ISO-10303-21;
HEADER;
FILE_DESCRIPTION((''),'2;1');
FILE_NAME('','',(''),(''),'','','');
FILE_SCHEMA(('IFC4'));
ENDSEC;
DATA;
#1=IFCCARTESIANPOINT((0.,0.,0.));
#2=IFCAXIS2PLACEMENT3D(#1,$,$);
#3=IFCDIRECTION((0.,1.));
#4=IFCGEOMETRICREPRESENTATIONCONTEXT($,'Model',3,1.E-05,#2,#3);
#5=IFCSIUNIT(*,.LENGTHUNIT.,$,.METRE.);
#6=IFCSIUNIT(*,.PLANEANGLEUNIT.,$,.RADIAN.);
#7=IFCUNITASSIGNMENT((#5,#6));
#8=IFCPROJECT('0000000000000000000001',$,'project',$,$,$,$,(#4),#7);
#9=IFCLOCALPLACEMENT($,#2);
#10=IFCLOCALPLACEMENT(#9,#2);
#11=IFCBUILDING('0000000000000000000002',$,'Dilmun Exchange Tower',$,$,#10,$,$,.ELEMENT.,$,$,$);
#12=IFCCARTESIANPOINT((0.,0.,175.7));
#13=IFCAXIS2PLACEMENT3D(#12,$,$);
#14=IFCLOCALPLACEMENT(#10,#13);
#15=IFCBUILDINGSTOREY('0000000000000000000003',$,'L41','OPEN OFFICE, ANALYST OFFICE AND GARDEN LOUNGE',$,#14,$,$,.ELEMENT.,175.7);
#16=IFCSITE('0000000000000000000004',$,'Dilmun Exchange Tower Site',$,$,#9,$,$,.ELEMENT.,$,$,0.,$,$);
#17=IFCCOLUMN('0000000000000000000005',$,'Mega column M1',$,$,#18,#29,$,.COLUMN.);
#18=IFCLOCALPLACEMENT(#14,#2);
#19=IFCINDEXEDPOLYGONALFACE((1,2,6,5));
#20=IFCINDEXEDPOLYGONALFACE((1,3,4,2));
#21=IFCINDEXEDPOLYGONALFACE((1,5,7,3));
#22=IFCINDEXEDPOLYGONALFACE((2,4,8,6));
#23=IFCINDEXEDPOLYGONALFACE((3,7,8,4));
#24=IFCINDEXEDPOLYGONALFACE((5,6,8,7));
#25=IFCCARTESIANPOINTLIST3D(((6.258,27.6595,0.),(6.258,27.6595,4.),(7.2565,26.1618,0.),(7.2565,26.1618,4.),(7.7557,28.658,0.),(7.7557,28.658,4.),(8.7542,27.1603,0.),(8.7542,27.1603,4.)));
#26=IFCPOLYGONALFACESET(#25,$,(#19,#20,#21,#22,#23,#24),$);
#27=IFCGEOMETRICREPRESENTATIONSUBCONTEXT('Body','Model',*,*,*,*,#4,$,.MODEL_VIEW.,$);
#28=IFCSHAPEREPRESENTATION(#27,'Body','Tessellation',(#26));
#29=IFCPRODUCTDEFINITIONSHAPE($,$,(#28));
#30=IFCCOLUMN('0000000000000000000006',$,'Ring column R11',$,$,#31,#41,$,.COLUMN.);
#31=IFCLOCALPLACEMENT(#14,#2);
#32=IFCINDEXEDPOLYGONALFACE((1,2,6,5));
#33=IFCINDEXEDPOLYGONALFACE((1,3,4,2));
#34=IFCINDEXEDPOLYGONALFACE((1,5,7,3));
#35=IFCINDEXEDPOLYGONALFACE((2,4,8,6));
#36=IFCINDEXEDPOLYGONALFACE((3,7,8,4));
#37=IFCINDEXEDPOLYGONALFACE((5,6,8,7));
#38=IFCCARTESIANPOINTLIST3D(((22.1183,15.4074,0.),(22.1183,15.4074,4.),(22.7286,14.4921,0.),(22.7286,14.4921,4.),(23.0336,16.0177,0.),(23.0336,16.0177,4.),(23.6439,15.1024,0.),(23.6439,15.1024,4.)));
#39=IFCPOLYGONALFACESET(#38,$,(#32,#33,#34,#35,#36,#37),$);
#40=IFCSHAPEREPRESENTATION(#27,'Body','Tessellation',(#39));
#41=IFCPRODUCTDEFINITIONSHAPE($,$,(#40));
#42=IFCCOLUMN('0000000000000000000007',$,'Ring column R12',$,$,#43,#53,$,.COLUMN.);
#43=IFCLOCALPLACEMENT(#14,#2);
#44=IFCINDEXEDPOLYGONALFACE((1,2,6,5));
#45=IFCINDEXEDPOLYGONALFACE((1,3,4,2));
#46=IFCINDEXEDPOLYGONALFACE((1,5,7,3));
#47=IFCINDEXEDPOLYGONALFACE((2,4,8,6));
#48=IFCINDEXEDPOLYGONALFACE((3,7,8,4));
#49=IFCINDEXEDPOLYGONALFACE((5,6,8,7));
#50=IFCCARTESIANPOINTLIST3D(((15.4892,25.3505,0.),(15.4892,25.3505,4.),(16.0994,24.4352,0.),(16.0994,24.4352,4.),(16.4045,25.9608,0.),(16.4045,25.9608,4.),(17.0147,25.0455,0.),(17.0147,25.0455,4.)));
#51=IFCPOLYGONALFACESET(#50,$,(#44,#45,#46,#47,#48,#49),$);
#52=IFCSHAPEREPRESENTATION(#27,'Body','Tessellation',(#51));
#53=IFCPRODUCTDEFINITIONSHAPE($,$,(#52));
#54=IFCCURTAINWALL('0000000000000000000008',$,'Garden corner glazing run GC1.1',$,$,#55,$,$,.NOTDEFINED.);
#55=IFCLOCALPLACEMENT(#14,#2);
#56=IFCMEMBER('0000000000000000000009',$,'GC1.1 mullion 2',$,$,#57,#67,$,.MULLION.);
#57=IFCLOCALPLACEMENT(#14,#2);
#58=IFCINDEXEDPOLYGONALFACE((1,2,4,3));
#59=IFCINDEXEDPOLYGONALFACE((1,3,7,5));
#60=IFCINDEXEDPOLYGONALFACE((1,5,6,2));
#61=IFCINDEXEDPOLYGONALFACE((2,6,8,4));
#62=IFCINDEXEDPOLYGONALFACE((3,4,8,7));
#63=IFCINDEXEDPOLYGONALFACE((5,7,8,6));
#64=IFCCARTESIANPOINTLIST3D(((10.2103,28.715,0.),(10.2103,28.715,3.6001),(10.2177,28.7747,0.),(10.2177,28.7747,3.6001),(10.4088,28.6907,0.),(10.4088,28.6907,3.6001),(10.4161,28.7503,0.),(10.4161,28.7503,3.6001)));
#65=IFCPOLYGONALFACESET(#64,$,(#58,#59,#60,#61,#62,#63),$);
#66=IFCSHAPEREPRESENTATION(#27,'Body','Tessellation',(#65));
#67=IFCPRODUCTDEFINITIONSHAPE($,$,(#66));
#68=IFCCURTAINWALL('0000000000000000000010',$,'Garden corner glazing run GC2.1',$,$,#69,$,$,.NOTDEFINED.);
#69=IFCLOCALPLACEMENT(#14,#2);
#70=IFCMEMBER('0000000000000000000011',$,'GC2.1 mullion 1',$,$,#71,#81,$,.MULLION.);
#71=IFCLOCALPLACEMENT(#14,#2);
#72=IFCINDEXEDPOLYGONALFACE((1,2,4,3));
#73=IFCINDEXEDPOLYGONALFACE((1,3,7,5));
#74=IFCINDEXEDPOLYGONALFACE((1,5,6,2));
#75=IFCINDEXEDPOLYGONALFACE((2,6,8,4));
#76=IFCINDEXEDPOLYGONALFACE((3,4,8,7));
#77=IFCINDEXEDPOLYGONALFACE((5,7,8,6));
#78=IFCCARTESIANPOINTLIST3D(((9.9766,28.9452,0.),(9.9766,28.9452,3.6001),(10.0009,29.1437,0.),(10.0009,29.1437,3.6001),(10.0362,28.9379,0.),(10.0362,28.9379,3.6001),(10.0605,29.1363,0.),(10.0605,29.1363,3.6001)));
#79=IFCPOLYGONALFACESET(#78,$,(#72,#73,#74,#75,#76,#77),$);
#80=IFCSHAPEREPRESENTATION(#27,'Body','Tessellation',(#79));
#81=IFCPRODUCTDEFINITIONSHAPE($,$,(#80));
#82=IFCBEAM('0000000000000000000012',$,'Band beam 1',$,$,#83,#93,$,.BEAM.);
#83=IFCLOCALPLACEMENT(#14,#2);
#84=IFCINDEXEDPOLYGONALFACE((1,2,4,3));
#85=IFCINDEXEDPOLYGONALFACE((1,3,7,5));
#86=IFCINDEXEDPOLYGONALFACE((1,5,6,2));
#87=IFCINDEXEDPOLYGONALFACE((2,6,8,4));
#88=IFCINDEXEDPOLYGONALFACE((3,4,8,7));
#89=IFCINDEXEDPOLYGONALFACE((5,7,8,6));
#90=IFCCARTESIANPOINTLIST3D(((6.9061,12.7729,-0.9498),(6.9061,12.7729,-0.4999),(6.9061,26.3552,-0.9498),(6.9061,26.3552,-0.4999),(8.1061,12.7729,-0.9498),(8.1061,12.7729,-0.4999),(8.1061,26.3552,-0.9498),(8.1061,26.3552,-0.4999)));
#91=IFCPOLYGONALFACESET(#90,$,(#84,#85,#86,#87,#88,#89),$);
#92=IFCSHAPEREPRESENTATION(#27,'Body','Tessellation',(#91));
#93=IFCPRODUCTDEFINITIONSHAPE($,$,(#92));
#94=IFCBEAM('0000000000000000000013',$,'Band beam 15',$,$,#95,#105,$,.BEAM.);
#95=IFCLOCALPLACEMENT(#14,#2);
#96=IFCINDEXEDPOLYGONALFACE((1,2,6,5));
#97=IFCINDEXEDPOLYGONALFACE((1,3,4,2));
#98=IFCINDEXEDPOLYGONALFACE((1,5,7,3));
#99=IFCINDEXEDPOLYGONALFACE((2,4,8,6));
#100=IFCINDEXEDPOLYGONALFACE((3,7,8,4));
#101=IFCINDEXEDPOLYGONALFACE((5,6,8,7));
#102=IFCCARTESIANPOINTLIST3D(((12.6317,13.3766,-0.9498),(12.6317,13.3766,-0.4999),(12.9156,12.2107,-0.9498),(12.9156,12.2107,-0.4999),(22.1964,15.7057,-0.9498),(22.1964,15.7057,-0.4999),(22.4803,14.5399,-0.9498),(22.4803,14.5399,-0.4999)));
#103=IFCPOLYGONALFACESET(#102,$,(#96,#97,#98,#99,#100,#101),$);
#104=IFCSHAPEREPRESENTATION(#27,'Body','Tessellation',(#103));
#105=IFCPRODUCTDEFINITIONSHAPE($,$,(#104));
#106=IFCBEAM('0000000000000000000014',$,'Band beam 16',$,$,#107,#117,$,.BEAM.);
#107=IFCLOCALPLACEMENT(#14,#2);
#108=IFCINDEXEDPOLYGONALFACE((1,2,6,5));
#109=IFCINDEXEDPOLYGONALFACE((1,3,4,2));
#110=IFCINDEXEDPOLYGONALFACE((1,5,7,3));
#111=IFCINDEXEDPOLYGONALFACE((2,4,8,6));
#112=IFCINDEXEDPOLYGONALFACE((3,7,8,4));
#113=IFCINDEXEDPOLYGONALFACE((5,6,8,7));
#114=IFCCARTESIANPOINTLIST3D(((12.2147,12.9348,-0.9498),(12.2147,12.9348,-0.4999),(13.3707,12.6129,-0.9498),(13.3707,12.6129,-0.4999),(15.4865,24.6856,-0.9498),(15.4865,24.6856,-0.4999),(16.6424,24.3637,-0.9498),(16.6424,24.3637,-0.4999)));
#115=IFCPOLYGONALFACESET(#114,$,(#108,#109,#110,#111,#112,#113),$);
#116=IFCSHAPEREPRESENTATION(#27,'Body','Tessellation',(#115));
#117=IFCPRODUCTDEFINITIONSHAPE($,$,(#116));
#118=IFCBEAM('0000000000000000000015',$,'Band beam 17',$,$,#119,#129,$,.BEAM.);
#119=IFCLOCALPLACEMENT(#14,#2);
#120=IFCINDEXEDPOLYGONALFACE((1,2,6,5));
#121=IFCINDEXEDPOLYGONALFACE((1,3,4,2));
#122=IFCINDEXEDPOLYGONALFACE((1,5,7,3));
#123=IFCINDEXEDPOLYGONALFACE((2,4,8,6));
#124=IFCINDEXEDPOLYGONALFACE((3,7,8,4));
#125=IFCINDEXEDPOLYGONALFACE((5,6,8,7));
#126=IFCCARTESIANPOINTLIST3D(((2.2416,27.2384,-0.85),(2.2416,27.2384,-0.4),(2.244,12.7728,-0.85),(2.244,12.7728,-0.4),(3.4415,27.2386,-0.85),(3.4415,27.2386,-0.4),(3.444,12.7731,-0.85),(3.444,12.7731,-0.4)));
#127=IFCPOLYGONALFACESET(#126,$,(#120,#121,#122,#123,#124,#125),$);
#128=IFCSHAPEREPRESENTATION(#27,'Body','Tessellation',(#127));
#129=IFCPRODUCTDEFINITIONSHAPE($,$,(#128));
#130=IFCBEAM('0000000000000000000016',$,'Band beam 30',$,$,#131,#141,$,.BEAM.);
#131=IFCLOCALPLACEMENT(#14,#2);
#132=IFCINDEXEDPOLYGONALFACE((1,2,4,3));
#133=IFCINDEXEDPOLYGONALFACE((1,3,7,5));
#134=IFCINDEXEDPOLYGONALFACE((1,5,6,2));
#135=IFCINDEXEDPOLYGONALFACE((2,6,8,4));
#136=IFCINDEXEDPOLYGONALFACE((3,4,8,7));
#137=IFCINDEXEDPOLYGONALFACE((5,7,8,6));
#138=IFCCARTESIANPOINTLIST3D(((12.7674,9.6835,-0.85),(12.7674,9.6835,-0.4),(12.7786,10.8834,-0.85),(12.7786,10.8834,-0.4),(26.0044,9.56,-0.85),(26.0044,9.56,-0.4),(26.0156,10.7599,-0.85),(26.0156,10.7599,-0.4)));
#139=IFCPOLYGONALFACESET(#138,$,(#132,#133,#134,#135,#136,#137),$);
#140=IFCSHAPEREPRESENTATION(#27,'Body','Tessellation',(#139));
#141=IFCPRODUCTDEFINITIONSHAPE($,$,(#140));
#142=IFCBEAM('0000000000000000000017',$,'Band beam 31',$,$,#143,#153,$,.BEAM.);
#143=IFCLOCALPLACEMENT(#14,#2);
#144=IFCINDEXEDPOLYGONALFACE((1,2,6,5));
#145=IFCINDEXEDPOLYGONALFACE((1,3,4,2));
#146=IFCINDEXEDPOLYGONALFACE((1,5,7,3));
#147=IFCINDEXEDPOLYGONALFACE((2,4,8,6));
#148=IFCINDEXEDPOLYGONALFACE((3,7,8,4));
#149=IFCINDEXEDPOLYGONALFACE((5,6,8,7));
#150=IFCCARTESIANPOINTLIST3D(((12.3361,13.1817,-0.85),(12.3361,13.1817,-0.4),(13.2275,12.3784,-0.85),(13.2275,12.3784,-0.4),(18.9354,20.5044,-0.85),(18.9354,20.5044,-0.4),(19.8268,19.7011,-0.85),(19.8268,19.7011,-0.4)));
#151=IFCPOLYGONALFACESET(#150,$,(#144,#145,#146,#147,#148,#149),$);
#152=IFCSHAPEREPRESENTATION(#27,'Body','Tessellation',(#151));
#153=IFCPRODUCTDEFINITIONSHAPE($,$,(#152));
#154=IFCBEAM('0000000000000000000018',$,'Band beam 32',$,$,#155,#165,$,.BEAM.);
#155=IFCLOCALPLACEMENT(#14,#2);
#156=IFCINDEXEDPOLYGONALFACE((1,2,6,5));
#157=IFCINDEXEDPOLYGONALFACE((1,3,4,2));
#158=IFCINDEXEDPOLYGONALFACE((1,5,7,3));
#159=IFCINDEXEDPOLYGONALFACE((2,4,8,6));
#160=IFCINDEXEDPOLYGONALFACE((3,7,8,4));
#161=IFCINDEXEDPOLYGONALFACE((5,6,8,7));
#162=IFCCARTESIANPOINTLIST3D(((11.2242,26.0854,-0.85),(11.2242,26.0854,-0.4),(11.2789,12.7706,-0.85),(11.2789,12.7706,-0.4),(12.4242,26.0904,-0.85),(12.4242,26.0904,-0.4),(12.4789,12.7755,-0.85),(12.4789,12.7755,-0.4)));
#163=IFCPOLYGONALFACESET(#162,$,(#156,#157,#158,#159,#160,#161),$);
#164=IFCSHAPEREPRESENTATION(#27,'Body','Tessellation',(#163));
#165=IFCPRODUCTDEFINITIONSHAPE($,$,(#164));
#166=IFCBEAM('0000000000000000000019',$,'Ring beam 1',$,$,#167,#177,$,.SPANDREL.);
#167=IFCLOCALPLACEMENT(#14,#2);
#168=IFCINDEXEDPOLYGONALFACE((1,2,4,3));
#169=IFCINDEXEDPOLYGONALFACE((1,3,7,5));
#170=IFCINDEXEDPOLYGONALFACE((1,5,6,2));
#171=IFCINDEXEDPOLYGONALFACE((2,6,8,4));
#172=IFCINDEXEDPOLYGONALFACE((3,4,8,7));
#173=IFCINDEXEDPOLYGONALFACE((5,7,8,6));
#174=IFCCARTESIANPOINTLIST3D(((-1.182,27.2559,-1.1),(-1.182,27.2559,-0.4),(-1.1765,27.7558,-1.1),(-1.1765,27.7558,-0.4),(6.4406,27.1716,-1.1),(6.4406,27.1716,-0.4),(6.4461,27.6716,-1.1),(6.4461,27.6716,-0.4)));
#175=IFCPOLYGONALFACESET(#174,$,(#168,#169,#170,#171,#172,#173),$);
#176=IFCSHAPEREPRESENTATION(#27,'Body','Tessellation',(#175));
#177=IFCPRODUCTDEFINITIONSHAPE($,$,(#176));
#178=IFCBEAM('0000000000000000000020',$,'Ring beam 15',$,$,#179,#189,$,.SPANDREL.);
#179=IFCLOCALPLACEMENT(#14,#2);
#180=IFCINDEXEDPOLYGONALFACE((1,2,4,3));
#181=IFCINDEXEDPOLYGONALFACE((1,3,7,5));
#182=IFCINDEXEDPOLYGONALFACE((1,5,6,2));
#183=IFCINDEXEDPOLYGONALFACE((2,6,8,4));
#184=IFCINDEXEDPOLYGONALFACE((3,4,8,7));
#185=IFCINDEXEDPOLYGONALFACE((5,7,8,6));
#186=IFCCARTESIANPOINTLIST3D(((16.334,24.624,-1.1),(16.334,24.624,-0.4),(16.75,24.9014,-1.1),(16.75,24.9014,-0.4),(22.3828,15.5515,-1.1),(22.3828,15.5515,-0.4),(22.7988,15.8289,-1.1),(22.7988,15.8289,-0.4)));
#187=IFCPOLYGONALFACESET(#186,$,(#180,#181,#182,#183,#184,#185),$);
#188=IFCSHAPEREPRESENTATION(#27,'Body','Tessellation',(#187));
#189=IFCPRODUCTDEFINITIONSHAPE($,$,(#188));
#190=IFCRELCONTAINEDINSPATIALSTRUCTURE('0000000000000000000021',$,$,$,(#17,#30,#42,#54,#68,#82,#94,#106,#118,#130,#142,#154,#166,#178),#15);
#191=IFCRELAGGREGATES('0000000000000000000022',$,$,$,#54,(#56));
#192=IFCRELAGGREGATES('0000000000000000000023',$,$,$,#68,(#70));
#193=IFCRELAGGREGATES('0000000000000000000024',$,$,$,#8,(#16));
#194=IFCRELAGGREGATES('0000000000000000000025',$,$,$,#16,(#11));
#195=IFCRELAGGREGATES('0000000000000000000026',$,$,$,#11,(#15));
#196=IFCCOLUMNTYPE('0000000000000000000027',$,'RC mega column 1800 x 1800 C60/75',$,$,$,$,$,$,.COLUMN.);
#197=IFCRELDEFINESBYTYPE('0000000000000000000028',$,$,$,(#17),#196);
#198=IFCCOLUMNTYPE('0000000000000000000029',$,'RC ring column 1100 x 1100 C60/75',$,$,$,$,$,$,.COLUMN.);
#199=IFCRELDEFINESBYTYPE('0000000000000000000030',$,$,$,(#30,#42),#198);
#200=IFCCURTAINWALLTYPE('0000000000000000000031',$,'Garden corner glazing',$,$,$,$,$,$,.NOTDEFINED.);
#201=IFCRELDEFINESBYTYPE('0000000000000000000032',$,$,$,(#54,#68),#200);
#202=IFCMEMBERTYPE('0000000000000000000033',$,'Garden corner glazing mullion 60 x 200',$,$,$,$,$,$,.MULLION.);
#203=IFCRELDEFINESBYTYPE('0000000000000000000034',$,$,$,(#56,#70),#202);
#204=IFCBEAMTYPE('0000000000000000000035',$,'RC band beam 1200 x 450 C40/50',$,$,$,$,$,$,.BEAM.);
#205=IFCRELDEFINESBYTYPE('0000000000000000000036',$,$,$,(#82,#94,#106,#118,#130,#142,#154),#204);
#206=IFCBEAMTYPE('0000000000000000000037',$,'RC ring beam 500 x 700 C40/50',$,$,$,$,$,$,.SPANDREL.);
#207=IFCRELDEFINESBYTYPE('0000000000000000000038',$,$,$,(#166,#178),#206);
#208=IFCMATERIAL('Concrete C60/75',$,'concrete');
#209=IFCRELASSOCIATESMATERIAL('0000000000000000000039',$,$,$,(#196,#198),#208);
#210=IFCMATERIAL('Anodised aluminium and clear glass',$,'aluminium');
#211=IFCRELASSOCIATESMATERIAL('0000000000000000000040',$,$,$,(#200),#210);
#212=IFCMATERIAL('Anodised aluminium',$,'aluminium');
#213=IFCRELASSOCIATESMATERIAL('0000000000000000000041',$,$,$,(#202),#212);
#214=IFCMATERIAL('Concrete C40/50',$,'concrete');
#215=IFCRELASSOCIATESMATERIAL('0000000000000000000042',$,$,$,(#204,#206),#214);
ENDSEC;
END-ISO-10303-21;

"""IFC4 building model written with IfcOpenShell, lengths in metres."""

from ifc_helpers import new_model, si_unit, direction, frame, origin, origin_2d, place, context, subcontext, project, spatial, rectangle, extrude, material, material_profile, profile_set, type_object, element, aggregate, save


model = new_model("IFC4")

# Units and contexts
model_context = context("Model", 3, precision=1e-05, world=origin(), true_north=direction((0.0, 1.0)))
body_context = subcontext(model_context, "Body", "Model", "MODEL_VIEW")
ifc_project = project(units=[si_unit("LENGTHUNIT", "METRE"), si_unit("PLANEANGLEUNIT", "RADIAN")], contexts=[model_context])

# Site, building, storey
site_placement = place(None, origin())
site = spatial("IfcSite", under=ifc_project, at=site_placement, Name="Dilmun Exchange Tower Site", CompositionType="ELEMENT", RefElevation=0.0)
building_placement = place(site_placement, origin())
building = spatial("IfcBuilding", under=site, at=building_placement, Name="Dilmun Exchange Tower", CompositionType="ELEMENT")
storey_placement = place(building_placement, frame((0.0, 0.0, 175.7)))
storey = spatial("IfcBuildingStorey", under=building, at=storey_placement, Name="L41", Description="OPEN OFFICE, ANALYST OFFICE AND GARDEN LOUNGE", CompositionType="ELEMENT", Elevation=175.7)

# Columns
ifc_material_1 = material(Name="Concrete C60/75", Category="concrete")
ifc_material_profile_1 = material_profile(ifc_material_1, rectangle(XDim=1.8, YDim=1.8, at=origin_2d()), Name="1800 x 1800")
ifc_profile_set_1 = profile_set([ifc_material_profile_1], Name="Concrete C60/75")
column_type_1 = type_object("IfcColumnType", Name="RC mega column 1800 x 1800 C60/75", PredefinedType="COLUMN", material=ifc_profile_set_1)
column_placement = place(storey_placement, frame((7.5061, 27.4099, 0.0), z_axis=(0.0, 0.0, 1.0), x_axis=(0.832029, 0.554733, 0.0)))
element("IfcColumn", 1, at=column_placement, inside=storey, type_object=column_type_1, Name="Mega column M1", PredefinedType="COLUMN", context=body_context, shape_type="SweptSolid", body=[
    extrude(rectangle(XDim=1.8, YDim=1.8, at=origin_2d()), origin(), (0.0, 0.0, 1.0), 4.0),
])
ifc_material_profile_2 = material_profile(ifc_material_1, rectangle(XDim=1.1001, YDim=1.1001, at=origin_2d()), Name="1100 x 1100")
ifc_profile_set_2 = profile_set([ifc_material_profile_2], Name="Concrete C60/75")
column_type_2 = type_object("IfcColumnType", Name="RC ring column 1100 x 1100 C60/75", PredefinedType="COLUMN", material=ifc_profile_set_2)
for number, where, z_axis, x_axis, name in (
    (2, (22.8811, 15.2549, 0.0), (0.0, 0.0, 1.0), (0.832029, 0.554733, 0.0), "Ring column R11"),
    (3, (16.252, 25.198, 0.0), (0.0, 0.0, 1.0), (0.832029, 0.554733, 0.0), "Ring column R12"),
):
    element("IfcColumn", number, at=place(storey_placement, frame(where, z_axis=z_axis, x_axis=x_axis)), inside=storey, type_object=column_type_2, Name=name, PredefinedType="COLUMN", context=body_context, shape_type="SweptSolid", body=[
        extrude(rectangle(XDim=1.1001, YDim=1.1001, at=origin_2d()), origin(), (0.0, 0.0, 1.0), 4.0),
    ])

# Curtain walls, members
ifc_material_2 = material(Name="Anodised aluminium and clear glass", Category="aluminium")
curtain_wall_type = type_object("IfcCurtainWallType", Name="Garden corner glazing", PredefinedType="NOTDEFINED", material=ifc_material_2)
curtain_wall_1_placement = place(storey_placement, origin())
curtain_wall_1 = element("IfcCurtainWall", 4, at=curtain_wall_1_placement, inside=storey, type_object=curtain_wall_type, Name="Garden corner glazing run GC1.1", PredefinedType="NOTDEFINED")
ifc_material_3 = material(Name="Anodised aluminium", Category="aluminium")
ifc_material_profile_3 = material_profile(ifc_material_3, rectangle(XDim=0.2, YDim=0.0601, at=origin_2d()), Name="AL 60x200")
ifc_profile_set_3 = profile_set([ifc_material_profile_3], Name="Anodised aluminium")
member_type = type_object("IfcMemberType", Name="Garden corner glazing mullion 60 x 200", PredefinedType="MULLION", material=ifc_profile_set_3)
member_1_placement = place(storey_placement, frame((10.3132, 28.7327, 0.0), z_axis=(0.0, 0.0, 1.0), x_axis=(0.992545, -0.121877, 0.0)))
member_1 = element("IfcMember", 5, at=member_1_placement, type_object=member_type, Name="GC1.1 mullion 2", PredefinedType="MULLION", context=body_context, shape_type="SweptSolid", body=[
    extrude(rectangle(XDim=0.2, YDim=0.0601, at=origin_2d()), origin(), (0.0, 0.0, 1.0), 3.6001),
])
aggregate(curtain_wall_1, [member_1])
curtain_wall_2_placement = place(storey_placement, origin())
curtain_wall_2 = element("IfcCurtainWall", 6, at=curtain_wall_2_placement, inside=storey, type_object=curtain_wall_type, Name="Garden corner glazing run GC2.1", PredefinedType="NOTDEFINED")
member_2_placement = place(storey_placement, frame((10.0186, 29.0408, 0.0), z_axis=(0.0, 0.0, 1.0), x_axis=(-0.121893, -0.992543, 0.0)))
member_2 = element("IfcMember", 7, at=member_2_placement, type_object=member_type, Name="GC2.1 mullion 1", PredefinedType="MULLION", context=body_context, shape_type="SweptSolid", body=[
    extrude(rectangle(XDim=0.2, YDim=0.0601, at=origin_2d()), origin(), (0.0, 0.0, 1.0), 3.6001),
])
aggregate(curtain_wall_2, [member_2])

# Beams
ifc_material_4 = material(Name="Concrete C40/50", Category="concrete")
ifc_material_profile_4 = material_profile(ifc_material_4, rectangle(XDim=1.2, YDim=0.45, at=origin_2d()), Name="1200 x 450")
ifc_profile_set_4 = profile_set([ifc_material_profile_4], Name="Concrete C40/50")
beam_type_1 = type_object("IfcBeamType", Name="RC band beam 1200 x 450 C40/50", PredefinedType="BEAM", material=ifc_profile_set_4)
beam_1_placement = place(storey_placement, frame((7.5061, 26.3552, -0.7249), z_axis=(0.0, -1.0, 0.0), x_axis=(1.0, 0.0, 0.0)))
element("IfcBeam", 8, at=beam_1_placement, inside=storey, type_object=beam_type_1, Name="Band beam 1", PredefinedType="BEAM", context=body_context, shape_type="SweptSolid", body=[
    extrude(rectangle(XDim=1.2, YDim=0.45, at=origin_2d()), origin(), (0.0, 0.0, 1.0), 13.5823),
])
beam_2_placement = place(storey_placement, frame((22.3384, 15.1228, -0.7249), z_axis=(-0.971608, -0.236596, 0.0), x_axis=(0.236596, -0.971608, 0.0)))
element("IfcBeam", 9, at=beam_2_placement, inside=storey, type_object=beam_type_1, Name="Band beam 15", PredefinedType="BEAM", context=body_context, shape_type="SweptSolid", body=[
    extrude(rectangle(XDim=1.2, YDim=0.45, at=origin_2d()), origin(), (0.0, 0.0, 1.0), 9.8442),
])
beam_3_placement = place(storey_placement, frame((16.0645, 24.5247, -0.7249), z_axis=(-0.268225, -0.963356, 0.0), x_axis=(0.963356, -0.268225, 0.0)))
element("IfcBeam", 10, at=beam_3_placement, inside=storey, type_object=beam_type_1, Name="Band beam 16", PredefinedType="BEAM", context=body_context, shape_type="SweptSolid", body=[
    extrude(rectangle(XDim=1.2, YDim=0.45, at=origin_2d()), origin(), (0.0, 0.0, 1.0), 12.1978),
])
beam_4_placement = place(storey_placement, frame((2.8416, 27.2385, -0.625), z_axis=(0.000169, -1.0, 0.0), x_axis=(1.0, 0.000169, 0.0)))
element("IfcBeam", 11, at=beam_4_placement, inside=storey, type_object=beam_type_1, Name="Band beam 17", PredefinedType="BEAM", context=body_context, shape_type="SweptSolid", body=[
    extrude(rectangle(XDim=1.2, YDim=0.45, at=origin_2d()), origin(), (0.0, 0.0, 1.0), 14.4656),
])
beam_5_placement = place(storey_placement, frame((26.01, 10.1599, -0.625), z_axis=(-0.999956, 0.009332, 0.0), x_axis=(-0.009332, -0.999956, 0.0)))
element("IfcBeam", 12, at=beam_5_placement, inside=storey, type_object=beam_type_1, Name="Band beam 30", PredefinedType="BEAM", context=body_context, shape_type="SweptSolid", body=[
    extrude(rectangle(XDim=1.2, YDim=0.45, at=origin_2d()), origin(), (0.0, 0.0, 1.0), 13.2375),
])
beam_6_placement = place(storey_placement, frame((19.3811, 20.1028, -0.625), z_axis=(-0.669463, -0.742846, 0.0), x_axis=(0.742846, -0.669463, 0.0)))
element("IfcBeam", 13, at=beam_6_placement, inside=storey, type_object=beam_type_1, Name="Band beam 31", PredefinedType="BEAM", context=body_context, shape_type="SweptSolid", body=[
    extrude(rectangle(XDim=1.2, YDim=0.45, at=origin_2d()), origin(), (0.0, 0.0, 1.0), 9.8577),
])
beam_7_placement = place(storey_placement, frame((11.8242, 26.0879, -0.625), z_axis=(0.004107, -0.999992, 0.0), x_axis=(0.999992, 0.004107, 0.0)))
element("IfcBeam", 14, at=beam_7_placement, inside=storey, type_object=beam_type_1, Name="Band beam 32", PredefinedType="BEAM", context=body_context, shape_type="SweptSolid", body=[
    extrude(rectangle(XDim=1.2, YDim=0.45, at=origin_2d()), origin(), (0.0, 0.0, 1.0), 13.3149),
])
ifc_material_profile_5 = material_profile(ifc_material_4, rectangle(XDim=0.5, YDim=0.7, at=origin_2d()), Name="500 x 700")
ifc_profile_set_5 = profile_set([ifc_material_profile_5], Name="Concrete C40/50")
beam_type_2 = type_object("IfcBeamType", Name="RC ring beam 500 x 700 C40/50", PredefinedType="SPANDREL", material=ifc_profile_set_5)
beam_8_placement = place(storey_placement, frame((6.4434, 27.4216, -0.75), z_axis=(-0.999939, 0.011049, 0.0), x_axis=(-0.011049, -0.999939, 0.0)))
element("IfcBeam", 15, at=beam_8_placement, inside=storey, type_object=beam_type_2, Name="Ring beam 1", PredefinedType="SPANDREL", context=body_context, shape_type="SweptSolid", body=[
    extrude(rectangle(XDim=0.5, YDim=0.7, at=origin_2d()), origin(), (0.0, 0.0, 1.0), 7.623),
])
beam_9_placement = place(storey_placement, frame((22.5908, 15.6902, -0.75), z_axis=(-0.554731, 0.83203, 0.0), x_axis=(-0.83203, -0.554731, 0.0)))
element("IfcBeam", 16, at=beam_9_placement, inside=storey, type_object=beam_type_2, Name="Ring beam 15", PredefinedType="SPANDREL", context=body_context, shape_type="SweptSolid", body=[
    extrude(rectangle(XDim=0.5, YDim=0.7, at=origin_2d()), origin(), (0.0, 0.0, 1.0), 10.9041),
])

save(model, "model.ifc")
